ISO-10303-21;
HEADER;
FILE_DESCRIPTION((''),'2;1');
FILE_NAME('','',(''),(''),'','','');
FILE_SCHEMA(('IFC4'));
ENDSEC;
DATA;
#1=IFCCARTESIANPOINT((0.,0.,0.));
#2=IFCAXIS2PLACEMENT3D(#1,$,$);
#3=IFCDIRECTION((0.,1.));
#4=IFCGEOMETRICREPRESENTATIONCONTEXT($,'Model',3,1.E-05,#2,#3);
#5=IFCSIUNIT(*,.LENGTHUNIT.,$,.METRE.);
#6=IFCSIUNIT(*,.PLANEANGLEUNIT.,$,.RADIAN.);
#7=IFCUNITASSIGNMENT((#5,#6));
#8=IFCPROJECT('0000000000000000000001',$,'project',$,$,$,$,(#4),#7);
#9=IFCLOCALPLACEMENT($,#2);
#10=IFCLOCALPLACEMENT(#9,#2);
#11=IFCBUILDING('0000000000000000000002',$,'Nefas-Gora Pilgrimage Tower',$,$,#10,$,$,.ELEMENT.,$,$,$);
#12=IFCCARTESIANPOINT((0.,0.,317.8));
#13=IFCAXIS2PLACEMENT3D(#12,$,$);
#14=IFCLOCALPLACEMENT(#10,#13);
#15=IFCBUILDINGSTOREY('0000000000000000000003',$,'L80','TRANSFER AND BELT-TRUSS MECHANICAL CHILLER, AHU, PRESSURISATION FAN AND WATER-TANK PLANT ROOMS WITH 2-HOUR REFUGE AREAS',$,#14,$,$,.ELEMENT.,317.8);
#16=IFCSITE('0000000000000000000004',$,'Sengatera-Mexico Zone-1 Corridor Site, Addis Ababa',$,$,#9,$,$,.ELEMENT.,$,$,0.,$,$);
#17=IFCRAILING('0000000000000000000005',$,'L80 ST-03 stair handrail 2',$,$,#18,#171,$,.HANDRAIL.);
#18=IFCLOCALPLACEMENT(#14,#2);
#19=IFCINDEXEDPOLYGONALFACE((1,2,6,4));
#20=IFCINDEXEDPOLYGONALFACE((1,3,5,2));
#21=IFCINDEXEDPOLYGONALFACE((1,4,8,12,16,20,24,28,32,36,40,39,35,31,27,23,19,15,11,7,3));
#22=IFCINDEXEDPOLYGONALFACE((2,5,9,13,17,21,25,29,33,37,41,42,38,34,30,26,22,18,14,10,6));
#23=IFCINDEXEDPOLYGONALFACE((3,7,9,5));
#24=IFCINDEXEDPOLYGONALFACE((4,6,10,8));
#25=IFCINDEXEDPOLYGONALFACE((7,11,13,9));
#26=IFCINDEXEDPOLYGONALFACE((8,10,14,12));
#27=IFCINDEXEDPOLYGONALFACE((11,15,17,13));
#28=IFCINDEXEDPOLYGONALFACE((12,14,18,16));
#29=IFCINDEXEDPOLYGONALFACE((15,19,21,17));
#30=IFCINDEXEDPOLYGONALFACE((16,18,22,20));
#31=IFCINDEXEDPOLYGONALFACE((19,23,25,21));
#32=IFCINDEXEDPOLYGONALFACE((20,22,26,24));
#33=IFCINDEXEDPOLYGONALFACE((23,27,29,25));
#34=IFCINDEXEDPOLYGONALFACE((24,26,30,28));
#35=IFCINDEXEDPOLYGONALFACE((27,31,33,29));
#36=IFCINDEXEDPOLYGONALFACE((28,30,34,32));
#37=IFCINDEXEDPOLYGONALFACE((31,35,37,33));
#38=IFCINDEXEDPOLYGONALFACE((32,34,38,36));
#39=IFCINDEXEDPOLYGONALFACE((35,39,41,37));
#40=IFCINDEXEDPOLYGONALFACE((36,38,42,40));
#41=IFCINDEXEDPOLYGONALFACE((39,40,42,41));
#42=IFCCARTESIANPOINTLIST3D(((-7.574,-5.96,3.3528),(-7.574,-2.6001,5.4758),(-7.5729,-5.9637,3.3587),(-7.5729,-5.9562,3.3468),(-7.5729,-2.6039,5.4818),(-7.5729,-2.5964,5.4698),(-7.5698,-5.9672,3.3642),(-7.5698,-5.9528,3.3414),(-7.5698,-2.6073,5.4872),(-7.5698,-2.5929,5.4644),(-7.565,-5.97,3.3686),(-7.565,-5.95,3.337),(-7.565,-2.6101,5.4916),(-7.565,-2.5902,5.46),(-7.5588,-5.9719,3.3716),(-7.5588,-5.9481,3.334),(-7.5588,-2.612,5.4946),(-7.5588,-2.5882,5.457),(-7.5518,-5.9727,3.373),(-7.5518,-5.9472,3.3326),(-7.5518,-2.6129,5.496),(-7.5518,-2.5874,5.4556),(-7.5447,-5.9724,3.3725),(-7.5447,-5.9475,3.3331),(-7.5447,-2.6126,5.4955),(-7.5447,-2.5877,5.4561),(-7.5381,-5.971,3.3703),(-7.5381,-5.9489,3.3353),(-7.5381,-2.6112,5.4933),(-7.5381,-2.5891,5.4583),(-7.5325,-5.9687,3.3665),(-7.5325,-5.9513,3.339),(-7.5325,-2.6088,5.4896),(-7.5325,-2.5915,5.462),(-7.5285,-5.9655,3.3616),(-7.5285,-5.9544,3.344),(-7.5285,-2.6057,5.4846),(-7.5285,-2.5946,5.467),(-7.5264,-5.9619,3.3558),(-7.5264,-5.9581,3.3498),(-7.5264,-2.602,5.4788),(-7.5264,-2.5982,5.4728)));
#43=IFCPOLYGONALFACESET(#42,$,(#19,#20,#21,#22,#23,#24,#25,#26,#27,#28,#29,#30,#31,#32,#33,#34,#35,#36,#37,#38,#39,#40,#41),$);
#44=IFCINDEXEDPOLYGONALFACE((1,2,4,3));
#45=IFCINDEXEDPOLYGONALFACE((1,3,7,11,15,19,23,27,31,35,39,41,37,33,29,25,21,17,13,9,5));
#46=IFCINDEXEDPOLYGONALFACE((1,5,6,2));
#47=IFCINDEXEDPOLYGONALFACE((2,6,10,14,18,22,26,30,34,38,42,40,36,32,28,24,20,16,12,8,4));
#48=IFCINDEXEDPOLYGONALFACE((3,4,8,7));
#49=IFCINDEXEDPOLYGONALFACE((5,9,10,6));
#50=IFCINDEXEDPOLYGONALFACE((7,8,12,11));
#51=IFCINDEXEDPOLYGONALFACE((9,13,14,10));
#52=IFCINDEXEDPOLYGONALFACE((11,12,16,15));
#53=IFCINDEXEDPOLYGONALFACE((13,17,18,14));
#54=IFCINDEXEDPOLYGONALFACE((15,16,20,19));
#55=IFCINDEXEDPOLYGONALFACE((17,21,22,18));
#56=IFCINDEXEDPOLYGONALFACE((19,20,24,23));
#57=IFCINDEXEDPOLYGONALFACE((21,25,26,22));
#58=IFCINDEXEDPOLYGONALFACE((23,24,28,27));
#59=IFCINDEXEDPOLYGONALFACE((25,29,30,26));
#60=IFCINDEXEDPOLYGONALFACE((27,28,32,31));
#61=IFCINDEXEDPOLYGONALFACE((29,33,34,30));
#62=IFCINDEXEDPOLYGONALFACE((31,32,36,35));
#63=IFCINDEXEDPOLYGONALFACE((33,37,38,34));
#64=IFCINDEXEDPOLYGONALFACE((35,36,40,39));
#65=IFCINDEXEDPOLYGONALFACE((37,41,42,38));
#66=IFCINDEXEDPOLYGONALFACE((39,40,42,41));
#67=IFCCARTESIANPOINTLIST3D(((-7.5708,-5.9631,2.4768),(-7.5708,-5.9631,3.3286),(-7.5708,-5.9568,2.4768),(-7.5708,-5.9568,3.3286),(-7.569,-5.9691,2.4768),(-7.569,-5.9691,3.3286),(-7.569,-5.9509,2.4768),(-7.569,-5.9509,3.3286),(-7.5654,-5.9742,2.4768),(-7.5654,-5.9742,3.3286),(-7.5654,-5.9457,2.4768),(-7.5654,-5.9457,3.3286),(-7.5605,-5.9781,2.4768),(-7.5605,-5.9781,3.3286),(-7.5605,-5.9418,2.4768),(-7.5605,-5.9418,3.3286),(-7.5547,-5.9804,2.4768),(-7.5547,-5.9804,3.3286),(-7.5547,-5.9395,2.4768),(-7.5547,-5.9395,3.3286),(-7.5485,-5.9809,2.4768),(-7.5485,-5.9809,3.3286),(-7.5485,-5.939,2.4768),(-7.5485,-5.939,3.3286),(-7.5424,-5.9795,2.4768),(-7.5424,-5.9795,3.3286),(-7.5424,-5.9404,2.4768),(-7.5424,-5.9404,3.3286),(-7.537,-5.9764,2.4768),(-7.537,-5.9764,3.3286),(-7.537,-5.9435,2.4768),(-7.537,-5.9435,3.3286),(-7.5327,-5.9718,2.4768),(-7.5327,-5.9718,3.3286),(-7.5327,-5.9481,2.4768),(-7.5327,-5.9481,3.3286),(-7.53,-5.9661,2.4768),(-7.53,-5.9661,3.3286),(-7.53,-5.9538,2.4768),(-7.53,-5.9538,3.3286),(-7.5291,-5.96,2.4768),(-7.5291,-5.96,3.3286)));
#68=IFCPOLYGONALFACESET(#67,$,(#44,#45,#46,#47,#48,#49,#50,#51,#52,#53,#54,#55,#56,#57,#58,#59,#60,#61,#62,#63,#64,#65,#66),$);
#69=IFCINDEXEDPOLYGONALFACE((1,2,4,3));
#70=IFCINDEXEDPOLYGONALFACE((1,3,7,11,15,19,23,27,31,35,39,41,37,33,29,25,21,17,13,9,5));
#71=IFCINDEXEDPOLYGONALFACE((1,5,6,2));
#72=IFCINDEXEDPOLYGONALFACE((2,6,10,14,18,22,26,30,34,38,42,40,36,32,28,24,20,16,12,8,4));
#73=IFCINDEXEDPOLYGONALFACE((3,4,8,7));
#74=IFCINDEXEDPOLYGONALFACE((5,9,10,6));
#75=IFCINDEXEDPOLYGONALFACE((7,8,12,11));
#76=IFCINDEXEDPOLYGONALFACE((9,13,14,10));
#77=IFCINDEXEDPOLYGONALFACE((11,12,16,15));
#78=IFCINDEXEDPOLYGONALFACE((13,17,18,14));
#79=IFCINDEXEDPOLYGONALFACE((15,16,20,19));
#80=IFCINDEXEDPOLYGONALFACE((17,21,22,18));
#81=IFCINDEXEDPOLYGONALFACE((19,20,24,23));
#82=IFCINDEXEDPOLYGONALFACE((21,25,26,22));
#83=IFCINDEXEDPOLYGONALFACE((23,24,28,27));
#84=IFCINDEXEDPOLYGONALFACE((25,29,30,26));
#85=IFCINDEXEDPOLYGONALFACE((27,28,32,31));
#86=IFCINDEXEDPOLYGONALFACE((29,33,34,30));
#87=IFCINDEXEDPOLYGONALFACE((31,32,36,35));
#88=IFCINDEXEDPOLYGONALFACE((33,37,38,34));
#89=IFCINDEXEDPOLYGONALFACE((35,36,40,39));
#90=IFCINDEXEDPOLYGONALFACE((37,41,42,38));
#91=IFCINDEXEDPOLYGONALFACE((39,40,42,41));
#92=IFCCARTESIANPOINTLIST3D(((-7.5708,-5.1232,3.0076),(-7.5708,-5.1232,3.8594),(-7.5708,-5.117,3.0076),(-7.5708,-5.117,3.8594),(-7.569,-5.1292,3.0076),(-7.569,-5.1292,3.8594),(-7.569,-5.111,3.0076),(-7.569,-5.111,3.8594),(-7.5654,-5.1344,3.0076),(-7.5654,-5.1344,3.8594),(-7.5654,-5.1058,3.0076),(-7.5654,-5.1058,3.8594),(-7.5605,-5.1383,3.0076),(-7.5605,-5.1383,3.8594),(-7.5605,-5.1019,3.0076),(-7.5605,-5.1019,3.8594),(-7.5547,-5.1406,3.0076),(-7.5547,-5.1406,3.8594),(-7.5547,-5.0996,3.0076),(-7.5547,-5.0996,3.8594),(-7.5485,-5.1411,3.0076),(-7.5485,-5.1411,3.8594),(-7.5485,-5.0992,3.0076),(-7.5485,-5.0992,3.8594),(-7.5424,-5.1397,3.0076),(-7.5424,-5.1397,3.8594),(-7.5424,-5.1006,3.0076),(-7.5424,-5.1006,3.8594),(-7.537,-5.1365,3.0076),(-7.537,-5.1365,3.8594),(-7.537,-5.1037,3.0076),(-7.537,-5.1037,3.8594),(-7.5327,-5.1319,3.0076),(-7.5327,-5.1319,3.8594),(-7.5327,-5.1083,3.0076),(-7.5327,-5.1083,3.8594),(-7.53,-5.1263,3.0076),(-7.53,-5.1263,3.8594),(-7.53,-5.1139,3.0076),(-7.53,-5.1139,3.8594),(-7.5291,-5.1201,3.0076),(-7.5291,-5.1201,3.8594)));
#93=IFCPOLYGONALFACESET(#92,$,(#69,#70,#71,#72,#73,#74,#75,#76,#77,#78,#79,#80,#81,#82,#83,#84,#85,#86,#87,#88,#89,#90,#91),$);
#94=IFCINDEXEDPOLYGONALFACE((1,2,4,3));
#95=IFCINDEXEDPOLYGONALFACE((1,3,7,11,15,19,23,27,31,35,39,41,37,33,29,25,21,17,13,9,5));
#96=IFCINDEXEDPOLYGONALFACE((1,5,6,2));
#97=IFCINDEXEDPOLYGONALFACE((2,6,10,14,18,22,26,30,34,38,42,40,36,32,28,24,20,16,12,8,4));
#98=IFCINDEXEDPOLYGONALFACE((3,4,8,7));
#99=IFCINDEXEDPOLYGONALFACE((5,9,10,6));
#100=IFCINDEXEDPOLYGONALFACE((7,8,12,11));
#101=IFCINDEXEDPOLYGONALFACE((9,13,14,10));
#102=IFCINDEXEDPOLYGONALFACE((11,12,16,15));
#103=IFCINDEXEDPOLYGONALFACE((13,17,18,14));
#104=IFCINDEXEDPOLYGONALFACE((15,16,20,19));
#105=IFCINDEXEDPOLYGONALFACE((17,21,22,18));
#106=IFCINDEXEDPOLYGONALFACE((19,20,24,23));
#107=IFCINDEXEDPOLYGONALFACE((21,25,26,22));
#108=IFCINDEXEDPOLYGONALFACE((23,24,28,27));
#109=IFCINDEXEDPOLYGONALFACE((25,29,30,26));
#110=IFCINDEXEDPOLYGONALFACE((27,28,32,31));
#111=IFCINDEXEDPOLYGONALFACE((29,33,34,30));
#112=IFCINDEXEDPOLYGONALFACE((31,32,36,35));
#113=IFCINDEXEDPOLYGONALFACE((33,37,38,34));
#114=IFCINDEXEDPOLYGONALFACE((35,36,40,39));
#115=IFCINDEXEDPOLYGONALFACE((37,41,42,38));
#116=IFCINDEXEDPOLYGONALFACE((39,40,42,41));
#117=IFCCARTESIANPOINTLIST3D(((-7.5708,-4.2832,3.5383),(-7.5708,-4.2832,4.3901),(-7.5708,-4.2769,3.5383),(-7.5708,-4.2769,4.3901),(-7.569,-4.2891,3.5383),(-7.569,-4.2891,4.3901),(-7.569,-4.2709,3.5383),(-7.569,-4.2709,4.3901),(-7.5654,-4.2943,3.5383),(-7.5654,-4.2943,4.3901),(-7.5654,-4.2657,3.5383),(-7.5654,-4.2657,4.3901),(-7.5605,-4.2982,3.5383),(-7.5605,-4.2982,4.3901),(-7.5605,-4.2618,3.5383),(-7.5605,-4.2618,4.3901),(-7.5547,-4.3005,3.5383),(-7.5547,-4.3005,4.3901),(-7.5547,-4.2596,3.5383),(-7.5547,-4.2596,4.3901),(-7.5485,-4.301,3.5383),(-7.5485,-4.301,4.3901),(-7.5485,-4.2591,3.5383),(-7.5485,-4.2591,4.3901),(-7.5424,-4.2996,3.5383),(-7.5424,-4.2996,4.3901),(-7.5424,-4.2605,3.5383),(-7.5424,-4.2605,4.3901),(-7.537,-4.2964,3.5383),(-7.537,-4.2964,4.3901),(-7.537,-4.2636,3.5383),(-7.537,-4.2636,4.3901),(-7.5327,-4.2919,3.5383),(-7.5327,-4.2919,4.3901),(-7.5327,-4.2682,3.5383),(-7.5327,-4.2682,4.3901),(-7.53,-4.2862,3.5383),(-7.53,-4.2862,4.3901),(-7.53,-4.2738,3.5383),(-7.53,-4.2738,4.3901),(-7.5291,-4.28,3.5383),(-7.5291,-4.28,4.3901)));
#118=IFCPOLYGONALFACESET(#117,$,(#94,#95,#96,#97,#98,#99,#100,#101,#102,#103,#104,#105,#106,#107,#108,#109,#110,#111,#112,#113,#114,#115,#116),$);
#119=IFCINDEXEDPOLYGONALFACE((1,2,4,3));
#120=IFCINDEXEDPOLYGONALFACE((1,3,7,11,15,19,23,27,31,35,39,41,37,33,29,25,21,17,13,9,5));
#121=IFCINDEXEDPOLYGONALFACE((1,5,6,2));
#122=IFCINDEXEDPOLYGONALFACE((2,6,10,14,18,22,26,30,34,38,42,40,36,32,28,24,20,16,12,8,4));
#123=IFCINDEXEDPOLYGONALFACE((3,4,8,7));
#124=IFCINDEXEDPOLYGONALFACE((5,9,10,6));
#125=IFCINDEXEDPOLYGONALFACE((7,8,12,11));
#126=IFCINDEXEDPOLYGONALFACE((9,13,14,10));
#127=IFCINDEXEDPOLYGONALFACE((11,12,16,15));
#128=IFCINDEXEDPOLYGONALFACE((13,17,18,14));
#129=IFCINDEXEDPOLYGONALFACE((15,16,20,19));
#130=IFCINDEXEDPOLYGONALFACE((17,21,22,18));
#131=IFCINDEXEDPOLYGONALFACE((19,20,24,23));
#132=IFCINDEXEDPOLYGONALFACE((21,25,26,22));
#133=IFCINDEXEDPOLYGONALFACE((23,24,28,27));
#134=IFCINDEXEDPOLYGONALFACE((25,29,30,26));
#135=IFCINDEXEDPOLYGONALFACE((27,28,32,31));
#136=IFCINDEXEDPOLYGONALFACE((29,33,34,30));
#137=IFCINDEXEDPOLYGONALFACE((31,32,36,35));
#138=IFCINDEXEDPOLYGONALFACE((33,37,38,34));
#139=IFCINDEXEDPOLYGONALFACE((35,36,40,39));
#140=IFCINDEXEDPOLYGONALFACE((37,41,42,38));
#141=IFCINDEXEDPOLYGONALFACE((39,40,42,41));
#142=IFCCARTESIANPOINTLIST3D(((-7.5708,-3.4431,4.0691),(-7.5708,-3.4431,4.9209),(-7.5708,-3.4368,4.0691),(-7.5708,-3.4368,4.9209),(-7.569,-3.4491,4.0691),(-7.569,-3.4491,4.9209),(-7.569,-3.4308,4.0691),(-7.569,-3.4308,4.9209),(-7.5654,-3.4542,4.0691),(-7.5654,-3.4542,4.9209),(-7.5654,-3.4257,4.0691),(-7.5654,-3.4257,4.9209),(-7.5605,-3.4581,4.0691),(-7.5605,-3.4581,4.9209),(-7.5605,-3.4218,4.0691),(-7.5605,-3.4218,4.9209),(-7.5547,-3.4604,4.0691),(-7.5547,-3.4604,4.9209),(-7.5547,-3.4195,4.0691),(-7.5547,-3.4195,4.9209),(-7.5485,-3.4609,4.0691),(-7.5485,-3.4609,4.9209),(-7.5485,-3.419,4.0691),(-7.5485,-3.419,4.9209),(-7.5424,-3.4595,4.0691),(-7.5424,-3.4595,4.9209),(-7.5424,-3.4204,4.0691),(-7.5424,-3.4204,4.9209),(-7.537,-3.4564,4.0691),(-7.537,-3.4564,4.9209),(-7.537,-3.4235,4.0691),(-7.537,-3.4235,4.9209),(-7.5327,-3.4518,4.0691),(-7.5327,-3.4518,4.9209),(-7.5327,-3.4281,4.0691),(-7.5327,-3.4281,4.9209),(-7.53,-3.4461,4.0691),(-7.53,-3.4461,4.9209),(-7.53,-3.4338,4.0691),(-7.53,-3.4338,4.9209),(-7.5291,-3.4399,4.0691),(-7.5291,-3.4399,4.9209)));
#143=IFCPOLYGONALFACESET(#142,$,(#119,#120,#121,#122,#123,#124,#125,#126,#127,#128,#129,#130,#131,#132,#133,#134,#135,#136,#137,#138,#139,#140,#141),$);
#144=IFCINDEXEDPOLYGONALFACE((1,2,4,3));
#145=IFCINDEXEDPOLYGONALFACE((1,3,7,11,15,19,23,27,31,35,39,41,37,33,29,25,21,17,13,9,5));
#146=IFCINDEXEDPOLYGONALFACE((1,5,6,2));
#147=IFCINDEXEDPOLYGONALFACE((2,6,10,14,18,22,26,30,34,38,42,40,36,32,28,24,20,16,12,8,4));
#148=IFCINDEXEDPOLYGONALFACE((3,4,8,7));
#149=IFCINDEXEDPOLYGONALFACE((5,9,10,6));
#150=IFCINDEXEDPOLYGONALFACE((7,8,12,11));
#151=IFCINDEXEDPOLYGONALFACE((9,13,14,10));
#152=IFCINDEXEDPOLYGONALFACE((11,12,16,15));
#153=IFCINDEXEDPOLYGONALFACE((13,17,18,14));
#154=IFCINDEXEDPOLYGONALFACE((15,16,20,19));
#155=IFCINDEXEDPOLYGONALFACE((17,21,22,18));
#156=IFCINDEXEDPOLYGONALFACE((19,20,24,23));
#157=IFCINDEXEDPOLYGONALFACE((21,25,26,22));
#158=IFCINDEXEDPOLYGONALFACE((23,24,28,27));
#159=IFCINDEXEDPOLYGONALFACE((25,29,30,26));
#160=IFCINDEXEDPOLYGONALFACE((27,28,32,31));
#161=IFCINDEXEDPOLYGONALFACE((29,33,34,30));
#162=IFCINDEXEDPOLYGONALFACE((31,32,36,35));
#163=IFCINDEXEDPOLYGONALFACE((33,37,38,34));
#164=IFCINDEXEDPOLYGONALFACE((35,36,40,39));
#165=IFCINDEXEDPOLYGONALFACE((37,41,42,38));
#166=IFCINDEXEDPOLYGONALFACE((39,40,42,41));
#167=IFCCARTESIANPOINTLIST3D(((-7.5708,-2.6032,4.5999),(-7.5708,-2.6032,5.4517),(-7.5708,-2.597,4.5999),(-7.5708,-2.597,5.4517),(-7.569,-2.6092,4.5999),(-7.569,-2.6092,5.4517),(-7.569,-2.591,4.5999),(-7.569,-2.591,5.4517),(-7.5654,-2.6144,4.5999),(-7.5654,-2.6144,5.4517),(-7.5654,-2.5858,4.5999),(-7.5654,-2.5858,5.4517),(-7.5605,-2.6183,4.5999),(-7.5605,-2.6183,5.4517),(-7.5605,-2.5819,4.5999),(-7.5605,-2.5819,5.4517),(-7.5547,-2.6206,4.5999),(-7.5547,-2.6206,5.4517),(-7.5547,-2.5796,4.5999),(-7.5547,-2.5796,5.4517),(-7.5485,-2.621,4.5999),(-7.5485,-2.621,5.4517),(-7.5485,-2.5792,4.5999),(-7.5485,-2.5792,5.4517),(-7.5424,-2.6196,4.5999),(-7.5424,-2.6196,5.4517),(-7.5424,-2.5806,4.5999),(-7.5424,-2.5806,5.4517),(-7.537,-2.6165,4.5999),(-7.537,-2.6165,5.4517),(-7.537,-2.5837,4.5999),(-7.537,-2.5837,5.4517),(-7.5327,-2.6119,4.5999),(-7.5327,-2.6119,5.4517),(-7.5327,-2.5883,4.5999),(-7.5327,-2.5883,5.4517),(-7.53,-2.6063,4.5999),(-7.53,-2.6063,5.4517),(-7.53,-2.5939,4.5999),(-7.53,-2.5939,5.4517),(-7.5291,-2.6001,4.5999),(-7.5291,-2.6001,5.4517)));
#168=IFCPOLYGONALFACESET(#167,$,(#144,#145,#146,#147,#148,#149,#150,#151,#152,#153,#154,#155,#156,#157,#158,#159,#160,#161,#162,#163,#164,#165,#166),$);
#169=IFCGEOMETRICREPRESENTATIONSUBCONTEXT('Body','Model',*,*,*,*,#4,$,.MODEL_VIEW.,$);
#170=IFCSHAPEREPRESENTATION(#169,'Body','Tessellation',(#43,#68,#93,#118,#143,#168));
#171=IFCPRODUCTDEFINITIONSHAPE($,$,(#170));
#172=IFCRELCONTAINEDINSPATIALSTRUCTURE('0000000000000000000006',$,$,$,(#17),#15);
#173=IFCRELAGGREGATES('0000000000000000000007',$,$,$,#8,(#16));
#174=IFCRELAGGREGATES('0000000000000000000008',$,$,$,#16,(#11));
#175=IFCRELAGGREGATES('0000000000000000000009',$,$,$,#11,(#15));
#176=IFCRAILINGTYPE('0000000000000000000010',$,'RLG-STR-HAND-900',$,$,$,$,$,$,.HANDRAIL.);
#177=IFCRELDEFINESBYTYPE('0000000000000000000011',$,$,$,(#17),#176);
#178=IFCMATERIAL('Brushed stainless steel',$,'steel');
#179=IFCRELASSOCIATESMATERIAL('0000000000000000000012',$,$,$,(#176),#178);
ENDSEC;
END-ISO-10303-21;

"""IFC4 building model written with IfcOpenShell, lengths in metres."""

from ifc_helpers import new_model, si_unit, direction, frame, origin, origin_2d, place, context, subcontext, project, spatial, circle, extrude, material, type_object, element, save


model = new_model("IFC4")

# Units and contexts
model_context = context("Model", 3, precision=1e-05, world=origin(), true_north=direction((0.0, 1.0)))
body_context = subcontext(model_context, "Body", "Model", "MODEL_VIEW")
ifc_project = project(units=[si_unit("LENGTHUNIT", "METRE"), si_unit("PLANEANGLEUNIT", "RADIAN")], contexts=[model_context])

# Site, building, storey
site_placement = place(None, origin())
site = spatial("IfcSite", under=ifc_project, at=site_placement, Name="Sengatera-Mexico Zone-1 Corridor Site, Addis Ababa", CompositionType="ELEMENT", RefElevation=0.0)
building_placement = place(site_placement, origin())
building = spatial("IfcBuilding", under=site, at=building_placement, Name="Nefas-Gora Pilgrimage Tower", CompositionType="ELEMENT")
storey_placement = place(building_placement, frame((0.0, 0.0, 317.8)))
storey = spatial("IfcBuildingStorey", under=building, at=storey_placement, Name="L80", Description="TRANSFER AND BELT-TRUSS MECHANICAL CHILLER, AHU, PRESSURISATION FAN AND WATER-TANK PLANT ROOMS WITH 2-HOUR REFUGE AREAS", CompositionType="ELEMENT", Elevation=317.8)

# Railing
ifc_material_1 = material(Name="Brushed stainless steel", Category="steel")
railing_type_1 = type_object("IfcRailingType", Name="RLG-STR-HAND-900", PredefinedType="HANDRAIL", material=ifc_material_1)
railing_1_placement = place(storey_placement, frame((-7.55, -5.96, 2.4768)))
element("IfcRailing", 1, at=railing_1_placement, inside=storey, type_object=railing_type_1, Name="L80 ST-03 stair handrail 2", PredefinedType="HANDRAIL", context=body_context, shape_type="SweptSolid", body=[
    extrude(circle(Radius=0.0239, at=origin_2d()), frame((0.0, 0.0, 0.876), z_axis=(0.0, 0.845372, 0.534178), x_axis=(-1.0, 0.0, 0.0)), (0.0, 0.0, 1.0), 3.9744),
    extrude(circle(Radius=0.021, at=origin_2d()), origin(), (0.0, 0.0, 1.0), 0.8518),
    extrude(circle(Radius=0.021, at=origin_2d()), frame((0.0, 0.8398, 0.5308)), (0.0, 0.0, 1.0), 0.8518),
    extrude(circle(Radius=0.021, at=origin_2d()), frame((0.0, 1.6799, 1.0615)), (0.0, 0.0, 1.0), 0.8518),
    extrude(circle(Radius=0.021, at=origin_2d()), frame((0.0, 2.52, 1.5923)), (0.0, 0.0, 1.0), 0.8518),
    extrude(circle(Radius=0.021, at=origin_2d()), frame((0.0, 3.3599, 2.123)), (0.0, 0.0, 1.0), 0.8518),
])

save(model, "model.ifc")
